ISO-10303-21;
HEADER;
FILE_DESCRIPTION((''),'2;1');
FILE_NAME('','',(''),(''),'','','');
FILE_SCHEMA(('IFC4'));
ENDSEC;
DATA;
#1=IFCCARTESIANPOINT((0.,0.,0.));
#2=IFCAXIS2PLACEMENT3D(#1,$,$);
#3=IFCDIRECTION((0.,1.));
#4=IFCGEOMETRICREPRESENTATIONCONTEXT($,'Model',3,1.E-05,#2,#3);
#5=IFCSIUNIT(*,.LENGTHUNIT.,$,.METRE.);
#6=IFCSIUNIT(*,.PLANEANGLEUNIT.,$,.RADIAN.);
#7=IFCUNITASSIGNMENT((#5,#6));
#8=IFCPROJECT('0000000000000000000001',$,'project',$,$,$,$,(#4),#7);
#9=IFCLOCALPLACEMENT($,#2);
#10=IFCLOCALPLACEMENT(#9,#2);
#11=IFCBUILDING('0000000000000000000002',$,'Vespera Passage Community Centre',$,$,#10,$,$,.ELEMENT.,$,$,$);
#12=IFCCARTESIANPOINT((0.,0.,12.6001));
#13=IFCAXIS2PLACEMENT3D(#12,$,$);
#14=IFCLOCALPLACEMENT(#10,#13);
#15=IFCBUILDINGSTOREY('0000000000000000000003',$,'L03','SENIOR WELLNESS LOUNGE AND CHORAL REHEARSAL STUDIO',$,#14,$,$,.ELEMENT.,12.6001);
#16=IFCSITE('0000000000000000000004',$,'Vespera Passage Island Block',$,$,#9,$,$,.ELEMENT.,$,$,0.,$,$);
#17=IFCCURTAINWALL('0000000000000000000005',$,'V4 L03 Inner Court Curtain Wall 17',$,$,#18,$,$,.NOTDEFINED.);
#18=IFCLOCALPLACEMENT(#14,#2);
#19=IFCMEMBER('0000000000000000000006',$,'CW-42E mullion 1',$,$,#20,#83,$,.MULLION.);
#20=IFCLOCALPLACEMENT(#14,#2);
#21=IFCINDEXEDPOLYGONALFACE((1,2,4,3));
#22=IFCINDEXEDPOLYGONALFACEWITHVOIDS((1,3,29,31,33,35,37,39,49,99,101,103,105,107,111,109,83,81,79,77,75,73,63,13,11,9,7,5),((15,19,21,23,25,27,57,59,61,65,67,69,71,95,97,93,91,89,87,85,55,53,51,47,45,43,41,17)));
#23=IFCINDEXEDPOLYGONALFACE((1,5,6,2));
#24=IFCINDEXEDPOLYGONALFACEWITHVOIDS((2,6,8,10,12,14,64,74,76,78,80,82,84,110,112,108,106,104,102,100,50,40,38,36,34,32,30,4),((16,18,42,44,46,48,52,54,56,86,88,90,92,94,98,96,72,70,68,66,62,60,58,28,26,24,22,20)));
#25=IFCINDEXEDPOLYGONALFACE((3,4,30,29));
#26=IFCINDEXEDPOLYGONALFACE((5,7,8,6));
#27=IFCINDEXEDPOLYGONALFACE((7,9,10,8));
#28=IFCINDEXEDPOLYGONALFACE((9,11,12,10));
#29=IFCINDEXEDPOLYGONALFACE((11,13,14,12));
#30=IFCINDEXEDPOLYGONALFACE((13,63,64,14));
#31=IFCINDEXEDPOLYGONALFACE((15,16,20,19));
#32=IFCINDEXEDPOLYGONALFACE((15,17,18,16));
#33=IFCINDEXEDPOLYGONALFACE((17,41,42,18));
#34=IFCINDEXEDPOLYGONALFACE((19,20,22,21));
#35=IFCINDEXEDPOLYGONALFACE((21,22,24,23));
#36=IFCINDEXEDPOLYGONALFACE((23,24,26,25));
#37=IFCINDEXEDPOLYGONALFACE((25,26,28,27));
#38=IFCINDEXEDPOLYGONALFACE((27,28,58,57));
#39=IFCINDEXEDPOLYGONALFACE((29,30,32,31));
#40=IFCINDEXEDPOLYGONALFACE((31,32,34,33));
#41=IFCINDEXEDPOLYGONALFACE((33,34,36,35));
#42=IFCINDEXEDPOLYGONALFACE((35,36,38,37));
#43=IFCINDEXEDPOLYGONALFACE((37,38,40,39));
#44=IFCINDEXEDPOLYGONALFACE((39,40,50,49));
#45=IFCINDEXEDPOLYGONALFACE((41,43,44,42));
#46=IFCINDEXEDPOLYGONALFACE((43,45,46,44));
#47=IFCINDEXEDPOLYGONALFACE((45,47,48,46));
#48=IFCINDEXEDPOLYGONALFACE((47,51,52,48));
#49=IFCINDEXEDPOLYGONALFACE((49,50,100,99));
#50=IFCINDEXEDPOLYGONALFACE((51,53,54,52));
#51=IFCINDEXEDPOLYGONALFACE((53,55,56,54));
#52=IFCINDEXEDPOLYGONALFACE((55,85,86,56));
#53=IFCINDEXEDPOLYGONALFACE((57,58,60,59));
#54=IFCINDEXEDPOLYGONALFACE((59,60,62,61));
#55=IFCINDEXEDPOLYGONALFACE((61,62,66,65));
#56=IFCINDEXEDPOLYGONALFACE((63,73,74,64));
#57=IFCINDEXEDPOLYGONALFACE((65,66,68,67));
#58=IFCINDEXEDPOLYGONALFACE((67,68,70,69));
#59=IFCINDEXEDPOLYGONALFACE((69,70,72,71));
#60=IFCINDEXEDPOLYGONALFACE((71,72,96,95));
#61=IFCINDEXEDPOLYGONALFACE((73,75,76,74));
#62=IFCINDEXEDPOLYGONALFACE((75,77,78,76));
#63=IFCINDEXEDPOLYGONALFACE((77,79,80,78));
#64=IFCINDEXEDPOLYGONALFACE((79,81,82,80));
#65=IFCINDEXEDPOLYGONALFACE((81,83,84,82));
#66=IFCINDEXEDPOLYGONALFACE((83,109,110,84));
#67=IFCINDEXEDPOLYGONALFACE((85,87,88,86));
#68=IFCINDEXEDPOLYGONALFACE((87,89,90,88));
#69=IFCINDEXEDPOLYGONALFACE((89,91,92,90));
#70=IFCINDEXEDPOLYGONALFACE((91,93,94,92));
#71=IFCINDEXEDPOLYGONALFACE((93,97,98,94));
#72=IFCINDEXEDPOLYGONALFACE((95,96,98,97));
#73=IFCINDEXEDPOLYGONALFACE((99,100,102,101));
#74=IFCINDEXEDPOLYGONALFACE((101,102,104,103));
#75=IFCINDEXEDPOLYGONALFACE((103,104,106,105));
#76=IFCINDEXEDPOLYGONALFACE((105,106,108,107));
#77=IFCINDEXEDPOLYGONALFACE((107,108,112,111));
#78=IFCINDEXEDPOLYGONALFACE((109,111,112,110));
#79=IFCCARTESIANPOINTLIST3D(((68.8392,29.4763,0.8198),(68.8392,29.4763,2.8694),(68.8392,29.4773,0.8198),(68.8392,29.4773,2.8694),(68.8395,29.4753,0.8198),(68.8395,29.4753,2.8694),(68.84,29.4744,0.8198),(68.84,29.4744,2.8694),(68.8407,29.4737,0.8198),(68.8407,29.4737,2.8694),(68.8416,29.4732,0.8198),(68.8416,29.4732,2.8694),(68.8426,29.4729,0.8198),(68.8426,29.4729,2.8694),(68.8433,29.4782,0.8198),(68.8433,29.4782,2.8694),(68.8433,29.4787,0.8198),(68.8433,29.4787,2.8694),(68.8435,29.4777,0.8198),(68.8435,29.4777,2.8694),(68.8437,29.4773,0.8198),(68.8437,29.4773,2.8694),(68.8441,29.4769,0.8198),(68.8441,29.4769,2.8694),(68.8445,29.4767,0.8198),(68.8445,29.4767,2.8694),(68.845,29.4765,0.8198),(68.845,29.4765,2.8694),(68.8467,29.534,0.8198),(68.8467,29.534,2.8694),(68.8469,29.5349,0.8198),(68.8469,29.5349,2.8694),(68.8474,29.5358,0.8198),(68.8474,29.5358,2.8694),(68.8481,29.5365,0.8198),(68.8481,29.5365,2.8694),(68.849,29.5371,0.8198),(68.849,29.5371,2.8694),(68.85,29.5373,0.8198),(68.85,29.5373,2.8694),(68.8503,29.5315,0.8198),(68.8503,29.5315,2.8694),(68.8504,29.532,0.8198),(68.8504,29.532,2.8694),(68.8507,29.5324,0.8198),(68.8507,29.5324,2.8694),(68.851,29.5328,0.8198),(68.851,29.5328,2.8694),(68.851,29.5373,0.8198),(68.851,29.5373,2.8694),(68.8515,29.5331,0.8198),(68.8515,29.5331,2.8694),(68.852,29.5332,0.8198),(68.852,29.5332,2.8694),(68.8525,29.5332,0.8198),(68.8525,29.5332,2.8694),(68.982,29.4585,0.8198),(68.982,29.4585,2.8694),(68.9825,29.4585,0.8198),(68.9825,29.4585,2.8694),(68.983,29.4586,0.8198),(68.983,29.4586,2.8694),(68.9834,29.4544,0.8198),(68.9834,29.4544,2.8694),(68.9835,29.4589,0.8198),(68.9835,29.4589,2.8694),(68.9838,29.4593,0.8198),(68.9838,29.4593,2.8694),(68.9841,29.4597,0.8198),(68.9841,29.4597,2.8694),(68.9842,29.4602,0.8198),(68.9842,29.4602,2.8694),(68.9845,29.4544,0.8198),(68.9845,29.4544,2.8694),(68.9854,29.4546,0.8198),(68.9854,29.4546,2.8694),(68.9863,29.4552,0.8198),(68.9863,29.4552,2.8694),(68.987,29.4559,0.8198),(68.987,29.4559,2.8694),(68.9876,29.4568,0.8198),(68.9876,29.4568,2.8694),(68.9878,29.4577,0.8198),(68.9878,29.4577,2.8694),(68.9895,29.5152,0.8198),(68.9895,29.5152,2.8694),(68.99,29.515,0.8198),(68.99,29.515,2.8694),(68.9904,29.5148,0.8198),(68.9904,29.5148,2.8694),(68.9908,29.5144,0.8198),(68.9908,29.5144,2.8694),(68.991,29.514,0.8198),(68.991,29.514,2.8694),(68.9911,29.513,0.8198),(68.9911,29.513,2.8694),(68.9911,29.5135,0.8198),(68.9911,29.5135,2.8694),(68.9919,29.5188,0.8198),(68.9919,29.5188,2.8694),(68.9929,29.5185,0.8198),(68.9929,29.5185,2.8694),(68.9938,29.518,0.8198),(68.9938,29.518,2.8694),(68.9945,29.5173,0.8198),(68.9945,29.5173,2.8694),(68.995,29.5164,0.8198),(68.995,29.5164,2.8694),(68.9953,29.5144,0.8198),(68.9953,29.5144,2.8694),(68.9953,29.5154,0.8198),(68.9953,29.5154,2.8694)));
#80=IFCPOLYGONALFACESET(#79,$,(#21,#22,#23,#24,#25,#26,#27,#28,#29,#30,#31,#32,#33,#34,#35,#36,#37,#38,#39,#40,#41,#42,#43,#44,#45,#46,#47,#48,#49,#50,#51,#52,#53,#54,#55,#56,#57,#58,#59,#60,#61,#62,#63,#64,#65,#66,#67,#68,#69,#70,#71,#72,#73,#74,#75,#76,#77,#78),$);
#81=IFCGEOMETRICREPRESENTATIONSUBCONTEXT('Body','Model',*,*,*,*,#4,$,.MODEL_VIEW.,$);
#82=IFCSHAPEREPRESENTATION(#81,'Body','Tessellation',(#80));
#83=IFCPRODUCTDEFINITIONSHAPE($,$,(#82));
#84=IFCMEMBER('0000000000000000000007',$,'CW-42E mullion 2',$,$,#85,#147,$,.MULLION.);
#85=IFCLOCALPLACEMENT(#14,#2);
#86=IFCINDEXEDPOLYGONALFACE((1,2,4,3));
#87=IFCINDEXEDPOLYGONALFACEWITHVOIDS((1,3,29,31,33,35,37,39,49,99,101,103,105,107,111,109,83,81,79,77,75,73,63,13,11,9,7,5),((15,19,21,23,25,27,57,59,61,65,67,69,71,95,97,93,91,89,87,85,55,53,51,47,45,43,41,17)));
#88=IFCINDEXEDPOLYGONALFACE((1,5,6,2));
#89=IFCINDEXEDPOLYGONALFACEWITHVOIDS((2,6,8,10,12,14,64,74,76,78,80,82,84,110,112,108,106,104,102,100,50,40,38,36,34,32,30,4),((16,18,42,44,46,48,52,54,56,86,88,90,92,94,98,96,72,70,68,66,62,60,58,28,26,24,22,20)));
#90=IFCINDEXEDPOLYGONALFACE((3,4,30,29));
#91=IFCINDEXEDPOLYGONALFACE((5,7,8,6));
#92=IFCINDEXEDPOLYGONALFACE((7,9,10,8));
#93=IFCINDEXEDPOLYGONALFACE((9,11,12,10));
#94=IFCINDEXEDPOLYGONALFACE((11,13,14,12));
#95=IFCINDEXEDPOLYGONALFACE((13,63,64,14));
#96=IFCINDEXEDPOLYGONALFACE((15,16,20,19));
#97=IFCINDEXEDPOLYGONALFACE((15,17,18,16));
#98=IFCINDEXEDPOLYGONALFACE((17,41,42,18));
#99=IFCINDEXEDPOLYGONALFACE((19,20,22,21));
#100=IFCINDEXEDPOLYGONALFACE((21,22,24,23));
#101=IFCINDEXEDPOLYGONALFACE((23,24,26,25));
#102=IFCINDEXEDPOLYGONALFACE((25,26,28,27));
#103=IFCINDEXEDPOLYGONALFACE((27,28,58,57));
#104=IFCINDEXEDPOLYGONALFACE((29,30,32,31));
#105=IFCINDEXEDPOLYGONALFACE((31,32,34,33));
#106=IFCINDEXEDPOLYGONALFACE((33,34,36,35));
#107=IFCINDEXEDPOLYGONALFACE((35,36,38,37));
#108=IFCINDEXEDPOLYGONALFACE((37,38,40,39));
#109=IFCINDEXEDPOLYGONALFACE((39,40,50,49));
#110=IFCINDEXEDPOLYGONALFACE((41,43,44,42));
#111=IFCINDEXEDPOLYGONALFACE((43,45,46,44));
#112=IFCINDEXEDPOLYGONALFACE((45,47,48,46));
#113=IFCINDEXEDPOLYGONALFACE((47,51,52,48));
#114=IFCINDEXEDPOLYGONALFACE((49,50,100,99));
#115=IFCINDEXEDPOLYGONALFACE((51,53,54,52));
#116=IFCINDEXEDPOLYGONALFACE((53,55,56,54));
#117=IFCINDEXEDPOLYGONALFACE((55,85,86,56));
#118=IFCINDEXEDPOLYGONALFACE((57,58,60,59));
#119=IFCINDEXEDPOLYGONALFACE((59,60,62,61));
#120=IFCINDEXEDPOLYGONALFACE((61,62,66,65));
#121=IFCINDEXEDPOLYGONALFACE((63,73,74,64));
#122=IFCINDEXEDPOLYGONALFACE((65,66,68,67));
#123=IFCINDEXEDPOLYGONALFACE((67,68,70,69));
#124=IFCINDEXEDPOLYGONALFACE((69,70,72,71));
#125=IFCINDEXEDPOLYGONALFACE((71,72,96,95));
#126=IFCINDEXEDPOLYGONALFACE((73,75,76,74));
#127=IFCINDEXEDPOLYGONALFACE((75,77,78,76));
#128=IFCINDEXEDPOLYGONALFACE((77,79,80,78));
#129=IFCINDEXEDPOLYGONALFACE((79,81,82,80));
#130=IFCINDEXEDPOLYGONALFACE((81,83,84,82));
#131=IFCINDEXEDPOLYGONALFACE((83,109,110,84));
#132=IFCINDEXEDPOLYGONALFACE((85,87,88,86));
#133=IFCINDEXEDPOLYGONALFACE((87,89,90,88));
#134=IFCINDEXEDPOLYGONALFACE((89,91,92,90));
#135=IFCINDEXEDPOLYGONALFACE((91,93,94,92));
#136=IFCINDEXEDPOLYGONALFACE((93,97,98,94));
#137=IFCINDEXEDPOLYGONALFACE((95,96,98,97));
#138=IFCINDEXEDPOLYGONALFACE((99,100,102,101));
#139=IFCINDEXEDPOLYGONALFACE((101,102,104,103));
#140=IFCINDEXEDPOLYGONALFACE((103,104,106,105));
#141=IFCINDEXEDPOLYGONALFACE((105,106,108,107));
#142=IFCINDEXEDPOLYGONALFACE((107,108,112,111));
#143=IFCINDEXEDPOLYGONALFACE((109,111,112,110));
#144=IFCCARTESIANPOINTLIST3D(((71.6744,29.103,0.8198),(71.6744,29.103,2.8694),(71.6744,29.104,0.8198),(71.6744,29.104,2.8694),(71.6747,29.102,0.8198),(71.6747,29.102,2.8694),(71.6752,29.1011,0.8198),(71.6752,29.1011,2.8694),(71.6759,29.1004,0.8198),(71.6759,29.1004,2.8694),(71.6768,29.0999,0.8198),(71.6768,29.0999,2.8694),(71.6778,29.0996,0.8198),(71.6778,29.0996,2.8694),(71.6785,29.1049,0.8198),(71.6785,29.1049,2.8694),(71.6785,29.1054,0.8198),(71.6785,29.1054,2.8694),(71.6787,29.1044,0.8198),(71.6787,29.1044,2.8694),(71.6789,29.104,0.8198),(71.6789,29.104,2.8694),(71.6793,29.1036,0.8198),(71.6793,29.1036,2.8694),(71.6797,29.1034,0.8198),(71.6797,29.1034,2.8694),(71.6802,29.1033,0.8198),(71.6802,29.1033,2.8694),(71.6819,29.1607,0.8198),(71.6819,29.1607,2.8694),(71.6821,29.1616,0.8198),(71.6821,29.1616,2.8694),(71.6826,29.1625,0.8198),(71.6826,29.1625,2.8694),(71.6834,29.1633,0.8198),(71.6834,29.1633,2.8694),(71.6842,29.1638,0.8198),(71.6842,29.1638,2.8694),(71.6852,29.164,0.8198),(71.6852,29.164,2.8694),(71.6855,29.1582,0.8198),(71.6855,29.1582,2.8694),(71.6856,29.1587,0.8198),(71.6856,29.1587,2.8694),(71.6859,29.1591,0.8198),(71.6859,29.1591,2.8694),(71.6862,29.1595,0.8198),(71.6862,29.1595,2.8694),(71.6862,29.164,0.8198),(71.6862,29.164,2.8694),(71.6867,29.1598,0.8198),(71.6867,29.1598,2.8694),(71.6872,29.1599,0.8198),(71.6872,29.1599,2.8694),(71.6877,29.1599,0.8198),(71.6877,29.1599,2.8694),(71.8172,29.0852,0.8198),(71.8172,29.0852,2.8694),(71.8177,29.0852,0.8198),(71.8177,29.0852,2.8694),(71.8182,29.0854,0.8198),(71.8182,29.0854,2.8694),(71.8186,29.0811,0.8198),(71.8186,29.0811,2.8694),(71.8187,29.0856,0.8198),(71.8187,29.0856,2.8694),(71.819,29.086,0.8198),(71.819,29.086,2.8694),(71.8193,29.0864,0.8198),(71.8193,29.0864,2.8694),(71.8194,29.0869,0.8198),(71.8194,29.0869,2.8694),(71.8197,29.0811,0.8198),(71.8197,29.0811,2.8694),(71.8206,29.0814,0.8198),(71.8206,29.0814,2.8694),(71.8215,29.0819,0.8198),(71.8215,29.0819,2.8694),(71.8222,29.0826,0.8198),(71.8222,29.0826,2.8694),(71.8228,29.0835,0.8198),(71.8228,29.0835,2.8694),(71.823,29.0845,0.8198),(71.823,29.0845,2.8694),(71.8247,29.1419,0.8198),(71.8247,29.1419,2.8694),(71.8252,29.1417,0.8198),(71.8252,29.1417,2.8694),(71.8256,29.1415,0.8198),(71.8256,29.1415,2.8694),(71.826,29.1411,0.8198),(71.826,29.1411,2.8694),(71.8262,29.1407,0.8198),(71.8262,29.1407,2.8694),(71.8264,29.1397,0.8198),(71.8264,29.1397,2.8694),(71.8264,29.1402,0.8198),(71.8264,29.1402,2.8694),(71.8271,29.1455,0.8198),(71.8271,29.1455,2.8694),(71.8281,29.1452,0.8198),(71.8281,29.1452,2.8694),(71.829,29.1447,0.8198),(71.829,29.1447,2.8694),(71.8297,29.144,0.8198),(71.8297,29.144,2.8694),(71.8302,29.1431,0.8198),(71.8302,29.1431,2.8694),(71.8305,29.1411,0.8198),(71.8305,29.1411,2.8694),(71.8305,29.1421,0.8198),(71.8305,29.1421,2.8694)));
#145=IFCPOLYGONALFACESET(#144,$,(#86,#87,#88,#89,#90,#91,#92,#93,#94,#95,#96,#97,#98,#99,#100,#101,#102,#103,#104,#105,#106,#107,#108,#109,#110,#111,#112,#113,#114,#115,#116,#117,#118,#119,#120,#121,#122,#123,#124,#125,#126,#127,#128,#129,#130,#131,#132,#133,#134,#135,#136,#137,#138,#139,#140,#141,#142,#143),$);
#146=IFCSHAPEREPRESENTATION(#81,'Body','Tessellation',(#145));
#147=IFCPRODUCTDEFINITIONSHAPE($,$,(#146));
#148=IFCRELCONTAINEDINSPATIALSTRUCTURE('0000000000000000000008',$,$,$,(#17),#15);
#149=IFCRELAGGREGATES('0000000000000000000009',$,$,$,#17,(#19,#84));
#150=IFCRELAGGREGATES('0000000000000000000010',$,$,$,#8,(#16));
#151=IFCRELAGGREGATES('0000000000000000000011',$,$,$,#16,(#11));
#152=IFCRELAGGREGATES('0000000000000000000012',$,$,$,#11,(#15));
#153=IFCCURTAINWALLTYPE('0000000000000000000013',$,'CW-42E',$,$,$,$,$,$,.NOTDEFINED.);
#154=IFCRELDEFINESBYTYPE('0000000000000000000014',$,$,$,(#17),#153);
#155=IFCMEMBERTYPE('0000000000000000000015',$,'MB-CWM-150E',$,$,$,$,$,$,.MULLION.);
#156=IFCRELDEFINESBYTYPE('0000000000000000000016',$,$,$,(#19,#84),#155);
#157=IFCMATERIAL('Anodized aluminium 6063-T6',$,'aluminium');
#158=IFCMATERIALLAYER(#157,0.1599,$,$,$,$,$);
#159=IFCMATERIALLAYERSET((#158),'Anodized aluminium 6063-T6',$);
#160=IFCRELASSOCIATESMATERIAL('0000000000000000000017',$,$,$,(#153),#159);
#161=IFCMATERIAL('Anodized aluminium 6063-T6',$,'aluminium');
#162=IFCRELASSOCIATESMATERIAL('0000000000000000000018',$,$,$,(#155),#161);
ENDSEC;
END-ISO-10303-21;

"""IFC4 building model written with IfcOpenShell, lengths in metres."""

from ifc_helpers import new_model, si_unit, direction, frame, origin, origin_2d, place, context, subcontext, project, spatial, hollow_rectangle, extrude, material, layer, layer_set, material_profile, profile_set, type_object, element, aggregate, save


model = new_model("IFC4")

# Units and contexts
model_context = context("Model", 3, precision=1e-05, world=origin(), true_north=direction((0.0, 1.0)))
body_context = subcontext(model_context, "Body", "Model", "MODEL_VIEW")
ifc_project = project(units=[si_unit("LENGTHUNIT", "METRE"), si_unit("PLANEANGLEUNIT", "RADIAN")], contexts=[model_context])

# Site, building, storey
site_placement = place(None, origin())
site = spatial("IfcSite", under=ifc_project, at=site_placement, Name="Vespera Passage Island Block", CompositionType="ELEMENT", RefElevation=0.0)
building_placement = place(site_placement, origin())
building = spatial("IfcBuilding", under=site, at=building_placement, Name="Vespera Passage Community Centre", CompositionType="ELEMENT")
storey_placement = place(building_placement, frame((0.0, 0.0, 12.6001)))
storey = spatial("IfcBuildingStorey", under=building, at=storey_placement, Name="L03", Description="SENIOR WELLNESS LOUNGE AND CHORAL REHEARSAL STUDIO", CompositionType="ELEMENT", Elevation=12.6001)

# Curtain wall, members
ifc_material_1 = material(Name="Anodized aluminium 6063-T6", Category="aluminium")
ifc_layer_1 = layer(ifc_material_1, 0.1599)
ifc_layer_set_1 = layer_set([ifc_layer_1], Name="Anodized aluminium 6063-T6")
curtain_wall_type_1 = type_object("IfcCurtainWallType", Name="CW-42E", PredefinedType="NOTDEFINED", material=ifc_layer_set_1)
curtain_wall_1_placement = place(storey_placement, origin())
curtain_wall_1 = element("IfcCurtainWall", 1, at=curtain_wall_1_placement, inside=storey, type_object=curtain_wall_type_1, Name="V4 L03 Inner Court Curtain Wall 17", PredefinedType="NOTDEFINED")
ifc_material_2 = material(Name="Anodized aluminium 6063-T6", Category="aluminium")
ifc_material_profile_1 = material_profile(ifc_material_2, hollow_rectangle(XDim=0.0649, YDim=0.1499, WallThickness=0.0039, InnerFilletRadius=0.002, OuterFilletRadius=0.0039, at=origin_2d()), Name="ALU150X65X4")
ifc_profile_set_1 = profile_set([ifc_material_profile_1], Name="Anodized aluminium 6063-T6")
member_type_1 = type_object("IfcMemberType", Name="MB-CWM-150E", PredefinedType="MULLION", material=ifc_profile_set_1)
member_1_placement = place(storey_placement, frame((68.9172, 29.4958, 0.8198), z_axis=(0.0, 0.0, 1.0), x_axis=(0.130522, 0.991445, 0.0)))
member_1 = element("IfcMember", 2, at=member_1_placement, type_object=member_type_1, Name="CW-42E mullion 1", PredefinedType="MULLION", context=body_context, shape_type="SweptSolid", body=[
    extrude(hollow_rectangle(XDim=0.0649, YDim=0.1499, WallThickness=0.0039, InnerFilletRadius=0.002, OuterFilletRadius=0.0039, at=origin_2d()), origin(), (0.0, 0.0, 1.0), 2.0496),
])
member_2_placement = place(storey_placement, frame((71.7524, 29.1226, 0.8198), z_axis=(0.0, 0.0, 1.0), x_axis=(0.130522, 0.991445, 0.0)))
member_2 = element("IfcMember", 3, at=member_2_placement, type_object=member_type_1, Name="CW-42E mullion 2", PredefinedType="MULLION", context=body_context, shape_type="SweptSolid", body=[
    extrude(hollow_rectangle(XDim=0.0649, YDim=0.1499, WallThickness=0.0039, InnerFilletRadius=0.002, OuterFilletRadius=0.0039, at=origin_2d()), origin(), (0.0, 0.0, 1.0), 2.0496),
])

aggregate(curtain_wall_1, [member_1, member_2])

save(model, "model.ifc")
